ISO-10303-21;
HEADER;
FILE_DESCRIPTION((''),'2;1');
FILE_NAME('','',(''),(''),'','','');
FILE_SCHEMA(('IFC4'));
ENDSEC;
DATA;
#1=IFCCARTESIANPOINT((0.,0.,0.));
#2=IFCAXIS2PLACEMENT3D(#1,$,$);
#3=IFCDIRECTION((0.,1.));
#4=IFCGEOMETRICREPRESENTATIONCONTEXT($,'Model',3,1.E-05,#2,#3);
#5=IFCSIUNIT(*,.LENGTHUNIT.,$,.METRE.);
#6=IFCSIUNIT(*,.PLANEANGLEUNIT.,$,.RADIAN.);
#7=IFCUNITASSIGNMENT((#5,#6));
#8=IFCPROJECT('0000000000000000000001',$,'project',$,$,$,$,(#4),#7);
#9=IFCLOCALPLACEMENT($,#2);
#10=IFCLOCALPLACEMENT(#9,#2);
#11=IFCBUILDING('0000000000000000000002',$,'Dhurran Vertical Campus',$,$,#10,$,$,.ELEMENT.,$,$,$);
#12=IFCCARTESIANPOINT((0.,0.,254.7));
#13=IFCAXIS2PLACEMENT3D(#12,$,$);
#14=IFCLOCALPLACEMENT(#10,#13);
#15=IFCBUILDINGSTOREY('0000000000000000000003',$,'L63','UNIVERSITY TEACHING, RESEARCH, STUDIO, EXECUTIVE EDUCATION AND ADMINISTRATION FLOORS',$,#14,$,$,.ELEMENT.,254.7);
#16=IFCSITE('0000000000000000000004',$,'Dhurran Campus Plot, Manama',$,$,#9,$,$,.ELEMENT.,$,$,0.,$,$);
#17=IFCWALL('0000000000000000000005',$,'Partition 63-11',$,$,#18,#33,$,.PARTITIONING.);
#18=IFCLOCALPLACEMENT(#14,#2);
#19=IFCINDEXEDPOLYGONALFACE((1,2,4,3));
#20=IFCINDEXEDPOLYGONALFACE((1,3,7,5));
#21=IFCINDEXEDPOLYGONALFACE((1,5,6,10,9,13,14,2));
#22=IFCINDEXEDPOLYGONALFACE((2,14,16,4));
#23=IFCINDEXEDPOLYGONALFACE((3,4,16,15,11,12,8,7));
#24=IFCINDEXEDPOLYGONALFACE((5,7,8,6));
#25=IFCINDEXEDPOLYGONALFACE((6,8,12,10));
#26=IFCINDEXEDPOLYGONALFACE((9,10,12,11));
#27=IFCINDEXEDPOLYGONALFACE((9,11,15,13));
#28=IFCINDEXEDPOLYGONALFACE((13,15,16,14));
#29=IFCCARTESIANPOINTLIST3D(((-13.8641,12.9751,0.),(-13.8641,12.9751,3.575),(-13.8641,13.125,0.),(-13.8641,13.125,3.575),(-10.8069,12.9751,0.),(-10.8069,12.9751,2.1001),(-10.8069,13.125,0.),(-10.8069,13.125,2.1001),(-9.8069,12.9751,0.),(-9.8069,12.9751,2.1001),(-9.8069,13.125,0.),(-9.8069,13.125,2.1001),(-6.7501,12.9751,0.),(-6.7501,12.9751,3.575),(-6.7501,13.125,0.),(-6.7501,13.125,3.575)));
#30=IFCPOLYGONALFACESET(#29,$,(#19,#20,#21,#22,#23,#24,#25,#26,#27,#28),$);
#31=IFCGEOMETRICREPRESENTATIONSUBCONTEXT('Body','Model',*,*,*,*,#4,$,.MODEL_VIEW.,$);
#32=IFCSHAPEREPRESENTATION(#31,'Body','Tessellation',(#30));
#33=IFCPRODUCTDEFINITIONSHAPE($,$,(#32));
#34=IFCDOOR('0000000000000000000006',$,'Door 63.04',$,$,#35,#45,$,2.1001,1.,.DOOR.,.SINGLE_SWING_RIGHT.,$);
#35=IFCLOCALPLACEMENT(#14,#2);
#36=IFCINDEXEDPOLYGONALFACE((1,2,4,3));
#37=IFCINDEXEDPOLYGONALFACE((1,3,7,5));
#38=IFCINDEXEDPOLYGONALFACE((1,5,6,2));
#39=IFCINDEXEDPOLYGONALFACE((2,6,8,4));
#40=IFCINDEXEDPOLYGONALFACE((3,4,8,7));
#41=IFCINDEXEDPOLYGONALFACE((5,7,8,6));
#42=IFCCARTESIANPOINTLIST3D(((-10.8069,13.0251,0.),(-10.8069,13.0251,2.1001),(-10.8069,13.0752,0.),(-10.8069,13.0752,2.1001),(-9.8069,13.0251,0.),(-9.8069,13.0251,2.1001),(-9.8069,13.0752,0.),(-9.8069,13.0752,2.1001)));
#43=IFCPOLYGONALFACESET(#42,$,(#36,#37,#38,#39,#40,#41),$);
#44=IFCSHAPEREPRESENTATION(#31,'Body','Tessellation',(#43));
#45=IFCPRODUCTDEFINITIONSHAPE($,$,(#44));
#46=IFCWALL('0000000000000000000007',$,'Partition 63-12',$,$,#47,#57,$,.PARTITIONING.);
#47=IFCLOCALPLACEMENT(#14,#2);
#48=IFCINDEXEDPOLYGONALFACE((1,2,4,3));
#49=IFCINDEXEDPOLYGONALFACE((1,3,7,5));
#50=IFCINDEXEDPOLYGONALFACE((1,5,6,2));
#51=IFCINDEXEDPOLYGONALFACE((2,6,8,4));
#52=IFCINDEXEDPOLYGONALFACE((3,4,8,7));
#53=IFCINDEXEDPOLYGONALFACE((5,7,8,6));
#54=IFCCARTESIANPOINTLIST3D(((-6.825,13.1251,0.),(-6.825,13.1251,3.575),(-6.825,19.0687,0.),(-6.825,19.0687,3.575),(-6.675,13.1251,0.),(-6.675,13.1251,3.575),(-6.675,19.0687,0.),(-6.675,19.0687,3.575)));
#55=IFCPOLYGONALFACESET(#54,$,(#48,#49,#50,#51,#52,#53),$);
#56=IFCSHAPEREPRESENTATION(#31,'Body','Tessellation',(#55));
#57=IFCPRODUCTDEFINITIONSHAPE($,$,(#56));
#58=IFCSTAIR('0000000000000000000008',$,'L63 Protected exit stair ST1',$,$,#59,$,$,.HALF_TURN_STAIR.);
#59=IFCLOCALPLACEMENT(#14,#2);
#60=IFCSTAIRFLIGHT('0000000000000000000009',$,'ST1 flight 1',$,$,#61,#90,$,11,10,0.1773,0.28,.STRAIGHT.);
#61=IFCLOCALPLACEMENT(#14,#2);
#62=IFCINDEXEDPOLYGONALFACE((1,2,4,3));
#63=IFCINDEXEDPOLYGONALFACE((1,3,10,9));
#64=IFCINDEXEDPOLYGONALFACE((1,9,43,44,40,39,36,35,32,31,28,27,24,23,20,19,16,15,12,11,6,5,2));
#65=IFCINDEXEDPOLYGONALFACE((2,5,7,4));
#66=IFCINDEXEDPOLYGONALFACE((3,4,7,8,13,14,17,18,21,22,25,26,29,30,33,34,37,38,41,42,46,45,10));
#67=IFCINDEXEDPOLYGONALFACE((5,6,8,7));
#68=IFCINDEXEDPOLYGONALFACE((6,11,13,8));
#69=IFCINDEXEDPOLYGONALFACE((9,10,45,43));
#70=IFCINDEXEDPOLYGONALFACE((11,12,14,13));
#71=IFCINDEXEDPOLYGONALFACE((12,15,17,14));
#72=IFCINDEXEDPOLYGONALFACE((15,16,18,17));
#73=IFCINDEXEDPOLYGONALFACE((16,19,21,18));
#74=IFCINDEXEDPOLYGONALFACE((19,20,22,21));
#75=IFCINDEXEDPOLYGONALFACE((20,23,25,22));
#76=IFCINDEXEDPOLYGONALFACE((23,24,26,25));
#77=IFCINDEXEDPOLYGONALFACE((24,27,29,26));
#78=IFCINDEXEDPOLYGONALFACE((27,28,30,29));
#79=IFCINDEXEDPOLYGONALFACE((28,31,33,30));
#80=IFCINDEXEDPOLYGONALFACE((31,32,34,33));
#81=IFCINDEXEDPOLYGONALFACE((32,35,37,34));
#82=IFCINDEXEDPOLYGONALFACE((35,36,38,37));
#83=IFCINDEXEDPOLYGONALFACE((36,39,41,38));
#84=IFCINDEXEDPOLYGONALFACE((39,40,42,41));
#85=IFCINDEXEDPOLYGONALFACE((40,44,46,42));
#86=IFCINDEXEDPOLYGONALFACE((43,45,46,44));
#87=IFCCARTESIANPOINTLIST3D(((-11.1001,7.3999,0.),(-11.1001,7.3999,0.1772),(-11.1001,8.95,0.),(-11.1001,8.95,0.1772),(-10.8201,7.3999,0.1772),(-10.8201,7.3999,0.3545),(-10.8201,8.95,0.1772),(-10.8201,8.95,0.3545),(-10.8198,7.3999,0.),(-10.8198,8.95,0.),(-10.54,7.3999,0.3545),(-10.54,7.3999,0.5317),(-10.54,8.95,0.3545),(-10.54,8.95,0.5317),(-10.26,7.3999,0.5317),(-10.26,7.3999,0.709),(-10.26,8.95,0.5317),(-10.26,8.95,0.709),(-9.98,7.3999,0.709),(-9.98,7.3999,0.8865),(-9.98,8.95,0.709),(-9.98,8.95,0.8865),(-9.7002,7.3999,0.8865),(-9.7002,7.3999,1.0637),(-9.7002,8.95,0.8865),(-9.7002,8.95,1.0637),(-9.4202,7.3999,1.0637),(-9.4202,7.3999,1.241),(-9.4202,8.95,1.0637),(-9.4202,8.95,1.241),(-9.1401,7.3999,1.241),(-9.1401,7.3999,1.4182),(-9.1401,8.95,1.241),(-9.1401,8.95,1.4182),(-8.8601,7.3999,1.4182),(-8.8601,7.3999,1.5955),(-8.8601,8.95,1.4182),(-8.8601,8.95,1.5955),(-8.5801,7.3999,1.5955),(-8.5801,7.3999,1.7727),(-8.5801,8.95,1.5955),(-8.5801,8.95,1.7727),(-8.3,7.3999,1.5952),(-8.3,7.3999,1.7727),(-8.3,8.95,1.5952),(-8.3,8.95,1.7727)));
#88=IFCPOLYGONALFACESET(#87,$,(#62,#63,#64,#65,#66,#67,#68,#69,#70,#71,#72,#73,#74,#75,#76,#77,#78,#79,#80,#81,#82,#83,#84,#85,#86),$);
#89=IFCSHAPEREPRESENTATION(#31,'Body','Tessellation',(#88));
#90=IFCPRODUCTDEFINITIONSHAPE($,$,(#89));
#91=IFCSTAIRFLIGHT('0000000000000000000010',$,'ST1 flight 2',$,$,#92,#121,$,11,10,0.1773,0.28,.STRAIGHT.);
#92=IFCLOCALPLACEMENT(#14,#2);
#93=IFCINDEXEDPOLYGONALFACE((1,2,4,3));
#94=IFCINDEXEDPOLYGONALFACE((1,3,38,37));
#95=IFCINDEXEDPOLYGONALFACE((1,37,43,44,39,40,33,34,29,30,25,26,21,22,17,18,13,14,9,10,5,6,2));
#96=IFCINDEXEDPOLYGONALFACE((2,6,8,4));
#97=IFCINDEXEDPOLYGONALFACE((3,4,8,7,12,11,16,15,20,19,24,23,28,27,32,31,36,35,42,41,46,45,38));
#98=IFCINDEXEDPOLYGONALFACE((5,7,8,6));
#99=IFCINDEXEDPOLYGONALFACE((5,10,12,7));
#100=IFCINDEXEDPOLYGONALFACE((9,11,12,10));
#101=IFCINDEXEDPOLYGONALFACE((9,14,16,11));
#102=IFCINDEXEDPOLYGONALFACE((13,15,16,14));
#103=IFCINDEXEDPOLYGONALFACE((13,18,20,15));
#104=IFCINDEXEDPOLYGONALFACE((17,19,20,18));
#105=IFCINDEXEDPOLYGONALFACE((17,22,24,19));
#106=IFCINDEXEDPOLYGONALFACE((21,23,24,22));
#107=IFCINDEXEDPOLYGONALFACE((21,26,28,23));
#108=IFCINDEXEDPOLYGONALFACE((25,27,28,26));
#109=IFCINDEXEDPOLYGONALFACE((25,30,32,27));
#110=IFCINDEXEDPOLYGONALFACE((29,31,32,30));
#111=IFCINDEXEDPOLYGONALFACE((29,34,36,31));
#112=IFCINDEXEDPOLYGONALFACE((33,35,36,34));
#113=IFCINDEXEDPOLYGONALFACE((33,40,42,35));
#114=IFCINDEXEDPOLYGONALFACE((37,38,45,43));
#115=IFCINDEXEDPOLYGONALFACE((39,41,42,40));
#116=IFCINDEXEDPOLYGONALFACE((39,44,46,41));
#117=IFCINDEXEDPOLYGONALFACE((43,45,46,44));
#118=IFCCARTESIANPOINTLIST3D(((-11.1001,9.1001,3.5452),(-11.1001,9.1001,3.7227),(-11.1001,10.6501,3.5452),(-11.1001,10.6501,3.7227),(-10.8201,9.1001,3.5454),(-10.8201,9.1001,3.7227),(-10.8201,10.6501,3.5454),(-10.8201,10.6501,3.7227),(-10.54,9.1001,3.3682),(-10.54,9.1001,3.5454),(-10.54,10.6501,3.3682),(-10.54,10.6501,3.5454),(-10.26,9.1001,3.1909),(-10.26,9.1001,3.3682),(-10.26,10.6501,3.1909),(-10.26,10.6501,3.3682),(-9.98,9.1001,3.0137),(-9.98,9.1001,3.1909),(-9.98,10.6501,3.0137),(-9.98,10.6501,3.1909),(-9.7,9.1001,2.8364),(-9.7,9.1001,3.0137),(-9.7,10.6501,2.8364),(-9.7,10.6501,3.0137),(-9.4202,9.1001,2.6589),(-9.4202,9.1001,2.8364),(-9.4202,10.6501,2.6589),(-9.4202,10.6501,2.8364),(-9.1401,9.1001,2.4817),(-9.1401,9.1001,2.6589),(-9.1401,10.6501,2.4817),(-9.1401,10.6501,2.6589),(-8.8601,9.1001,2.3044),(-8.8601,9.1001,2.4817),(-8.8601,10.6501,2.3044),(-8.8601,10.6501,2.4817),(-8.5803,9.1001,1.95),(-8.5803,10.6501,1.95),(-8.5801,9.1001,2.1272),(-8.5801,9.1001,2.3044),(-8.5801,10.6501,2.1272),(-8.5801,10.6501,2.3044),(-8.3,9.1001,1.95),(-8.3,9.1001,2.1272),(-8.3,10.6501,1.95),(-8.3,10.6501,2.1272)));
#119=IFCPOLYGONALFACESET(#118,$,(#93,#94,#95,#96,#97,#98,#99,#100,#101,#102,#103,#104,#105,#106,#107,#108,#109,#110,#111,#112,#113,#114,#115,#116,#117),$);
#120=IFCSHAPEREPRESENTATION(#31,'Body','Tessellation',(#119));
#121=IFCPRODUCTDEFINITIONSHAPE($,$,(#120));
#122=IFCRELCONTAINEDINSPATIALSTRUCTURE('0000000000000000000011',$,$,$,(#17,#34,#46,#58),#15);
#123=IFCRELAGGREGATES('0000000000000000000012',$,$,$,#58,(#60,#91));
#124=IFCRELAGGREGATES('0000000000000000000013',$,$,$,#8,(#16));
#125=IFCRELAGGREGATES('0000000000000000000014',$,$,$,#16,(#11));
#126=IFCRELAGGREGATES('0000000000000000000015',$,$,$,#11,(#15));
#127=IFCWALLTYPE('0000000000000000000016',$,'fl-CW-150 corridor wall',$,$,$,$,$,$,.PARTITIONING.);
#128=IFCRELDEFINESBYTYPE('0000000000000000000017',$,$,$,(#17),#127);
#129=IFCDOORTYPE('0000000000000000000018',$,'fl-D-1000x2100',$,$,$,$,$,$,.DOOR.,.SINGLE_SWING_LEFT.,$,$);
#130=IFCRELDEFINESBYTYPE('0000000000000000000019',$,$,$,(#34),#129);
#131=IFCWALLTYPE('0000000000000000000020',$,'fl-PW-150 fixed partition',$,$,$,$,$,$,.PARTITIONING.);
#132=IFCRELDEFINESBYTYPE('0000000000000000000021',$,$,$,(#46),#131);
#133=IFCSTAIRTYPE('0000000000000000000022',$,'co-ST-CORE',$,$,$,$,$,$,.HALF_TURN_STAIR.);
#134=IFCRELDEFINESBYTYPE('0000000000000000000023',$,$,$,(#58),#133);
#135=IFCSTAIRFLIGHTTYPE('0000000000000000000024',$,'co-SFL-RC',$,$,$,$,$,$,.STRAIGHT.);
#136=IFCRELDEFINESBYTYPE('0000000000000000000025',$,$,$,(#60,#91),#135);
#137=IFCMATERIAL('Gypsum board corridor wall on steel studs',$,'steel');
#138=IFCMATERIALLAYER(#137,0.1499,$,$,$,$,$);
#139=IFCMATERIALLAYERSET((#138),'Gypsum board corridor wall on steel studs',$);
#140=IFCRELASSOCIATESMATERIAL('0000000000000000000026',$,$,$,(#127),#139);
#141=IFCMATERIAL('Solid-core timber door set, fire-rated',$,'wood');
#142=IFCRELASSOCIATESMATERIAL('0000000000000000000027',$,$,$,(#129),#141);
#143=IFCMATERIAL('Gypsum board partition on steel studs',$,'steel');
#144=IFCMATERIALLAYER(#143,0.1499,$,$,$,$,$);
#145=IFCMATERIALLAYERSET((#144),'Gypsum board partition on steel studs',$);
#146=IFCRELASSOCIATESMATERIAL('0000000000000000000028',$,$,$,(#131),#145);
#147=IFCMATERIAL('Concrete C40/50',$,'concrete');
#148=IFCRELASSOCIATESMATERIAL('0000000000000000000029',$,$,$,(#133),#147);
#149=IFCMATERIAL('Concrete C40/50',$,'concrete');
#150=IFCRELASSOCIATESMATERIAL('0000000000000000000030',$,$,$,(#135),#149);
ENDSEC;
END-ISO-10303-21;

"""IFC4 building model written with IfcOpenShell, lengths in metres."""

from ifc_helpers import new_model, si_unit, direction, frame, frame_2d, origin, place, context, subcontext, project, spatial, polyline, rectangle, outline, extrude, material, layer, layer_set, type_object, element, fill, aggregate, save


model = new_model("IFC4")

# Units and contexts
model_context = context("Model", 3, precision=1e-05, world=origin(), true_north=direction((0.0, 1.0)))
body_context = subcontext(model_context, "Body", "Model", "MODEL_VIEW")
ifc_project = project(units=[si_unit("LENGTHUNIT", "METRE"), si_unit("PLANEANGLEUNIT", "RADIAN")], contexts=[model_context])

# Site, building, storey
site_placement = place(None, origin())
site = spatial("IfcSite", under=ifc_project, at=site_placement, Name="Dhurran Campus Plot, Manama", CompositionType="ELEMENT", RefElevation=0.0)
building_placement = place(site_placement, origin())
building = spatial("IfcBuilding", under=site, at=building_placement, Name="Dhurran Vertical Campus", CompositionType="ELEMENT")
storey_placement = place(building_placement, frame((0.0, 0.0, 254.7)))
storey = spatial("IfcBuildingStorey", under=building, at=storey_placement, Name="L63", Description="UNIVERSITY TEACHING, RESEARCH, STUDIO, EXECUTIVE EDUCATION AND ADMINISTRATION FLOORS", CompositionType="ELEMENT", Elevation=254.7)

# Wall, opening, door
ifc_material_1 = material(Name="Gypsum board corridor wall on steel studs", Category="steel")
ifc_layer_1 = layer(ifc_material_1, 0.1499)
ifc_layer_set_1 = layer_set([ifc_layer_1], Name="Gypsum board corridor wall on steel studs")
wall_type_1 = type_object("IfcWallType", Name="fl-CW-150 corridor wall", PredefinedType="PARTITIONING", material=ifc_layer_set_1)
wall_1_placement = place(storey_placement, frame((-6.75, 13.05, 0.0), z_axis=(0.0, 0.0, 1.0), x_axis=(-1.0, 0.0, 0.0)))
wall_1 = element("IfcWall", 1, at=wall_1_placement, inside=storey, type_object=wall_type_1, Name="Partition 63-11", PredefinedType="PARTITIONING", context=body_context, shape_type="SweptSolid", body=[
    extrude(rectangle(XDim=7.114, YDim=0.1499, at=frame_2d((3.5571, 0.0))), origin(), (0.0, 0.0, 1.0), 3.575),
])
opening_1_placement = place(wall_1_placement, frame((3.0569, 0.0, 0.0)))
opening_1 = element("IfcOpeningElement", 2, at=opening_1_placement, cuts=wall_1, PredefinedType="OPENING", context=body_context, shape_type="SweptSolid", body=[
    extrude(rectangle(XDim=1.0, YDim=2.1001, at=frame_2d((0.5, 1.05))), frame((0.0, 0.085, 0.0), z_axis=(0.0, -1.0, 0.0), x_axis=(1.0, 0.0, 0.0)), (0.0, 0.0, 1.0), 0.1699),
])
ifc_material_2 = material(Name="Solid-core timber door set, fire-rated", Category="wood")
door_type_1 = type_object("IfcDoorType", Name="fl-D-1000x2100", OperationType="SINGLE_SWING_LEFT", PredefinedType="DOOR", material=ifc_material_2)
door_1_placement = place(opening_1_placement, origin())
door_1 = element("IfcDoor", 3, at=door_1_placement, inside=storey, type_object=door_type_1, Name="Door 63.04", OperationType="SINGLE_SWING_RIGHT", OverallHeight=2.1001, OverallWidth=1.0, PredefinedType="DOOR", context=body_context, shape_type="SweptSolid", body=[
    extrude(rectangle(XDim=1.0, YDim=2.1001, at=frame_2d((0.5, 1.05))), frame((0.0, 0.0249, 0.0), z_axis=(0.0, -1.0, 0.0), x_axis=(1.0, 0.0, 0.0)), (0.0, 0.0, 1.0), 0.05),
])
fill(opening_1, door_1)

# Wall
ifc_material_3 = material(Name="Gypsum board partition on steel studs", Category="steel")
ifc_layer_2 = layer(ifc_material_3, 0.1499)
ifc_layer_set_2 = layer_set([ifc_layer_2], Name="Gypsum board partition on steel studs")
wall_type_2 = type_object("IfcWallType", Name="fl-PW-150 fixed partition", PredefinedType="PARTITIONING", material=ifc_layer_set_2)
wall_2_placement = place(storey_placement, frame((-6.75, 19.0686, 0.0), z_axis=(0.0, 0.0, 1.0), x_axis=(0.0, -1.0, 0.0)))
element("IfcWall", 4, at=wall_2_placement, inside=storey, type_object=wall_type_2, Name="Partition 63-12", PredefinedType="PARTITIONING", context=body_context, shape_type="SweptSolid", body=[
    extrude(rectangle(XDim=5.9436, YDim=0.1499, at=frame_2d((2.9717, 0.0))), origin(), (0.0, 0.0, 1.0), 3.575),
])

# Stair, stair flights
ifc_material_4 = material(Name="Concrete C40/50", Category="concrete")
stair_type = type_object("IfcStairType", Name="co-ST-CORE", PredefinedType="HALF_TURN_STAIR", material=ifc_material_4)
stair_placement = place(storey_placement, origin())
stair = element("IfcStair", 5, at=stair_placement, inside=storey, type_object=stair_type, Name="L63 Protected exit stair ST1", PredefinedType="HALF_TURN_STAIR")
ifc_material_5 = material(Name="Concrete C40/50", Category="concrete")
stair_flight_type = type_object("IfcStairFlightType", Name="co-SFL-RC", PredefinedType="STRAIGHT", material=ifc_material_5)
stair_flight_1_placement = place(storey_placement, frame((-11.1001, 8.175, 0.0), z_axis=(0.0, 0.0, 1.0), x_axis=(1.0, 0.0, 0.0)))
stair_flight_1 = element("IfcStairFlight", 6, at=stair_flight_1_placement, type_object=stair_flight_type, Name="ST1 flight 1", NumberOfRisers=11, NumberOfTreads=10, PredefinedType="STRAIGHT", RiserHeight=0.1773, TreadLength=0.28, context=body_context, shape_type="SweptSolid", body=[
    extrude(outline(polyline([(0.0, 0.0), (0.0, 0.1772), (0.28, 0.1772), (0.28, 0.3545), (0.5601, 0.3545), (0.5601, 0.5317), (0.8401, 0.5317), (0.8401, 0.709), (1.1201, 0.709), (1.1201, 0.8865), (1.3999, 0.8865), (1.3999, 1.0637), (1.6799, 1.0637), (1.6799, 1.241), (1.96, 1.241), (1.96, 1.4182), (2.24, 1.4182), (2.24, 1.5955), (2.52, 1.5955), (2.52, 1.7727), (2.8, 1.7727), (2.8, 1.95), (2.8, 1.5952), (0.2803, 0.0), (0.0, 0.0)])), frame((0.0, 0.7749, 0.0), z_axis=(0.0, -1.0, 0.0), x_axis=(1.0, 0.0, 0.0)), (0.0, 0.0, 1.0), 1.55),
])
stair_flight_2_placement = place(storey_placement, frame((-8.3, 9.875, 1.95), z_axis=(0.0, 0.0, 1.0), x_axis=(-1.0, 0.0, 0.0)))
stair_flight_2 = element("IfcStairFlight", 7, at=stair_flight_2_placement, type_object=stair_flight_type, Name="ST1 flight 2", NumberOfRisers=11, NumberOfTreads=10, PredefinedType="STRAIGHT", RiserHeight=0.1773, TreadLength=0.28, context=body_context, shape_type="SweptSolid", body=[
    extrude(outline(polyline([(0.0, 0.0), (0.0, 0.1772), (0.28, 0.1772), (0.28, 0.3545), (0.5601, 0.3545), (0.5601, 0.5317), (0.8401, 0.5317), (0.8401, 0.709), (1.1201, 0.709), (1.1201, 0.8865), (1.3999, 0.8865), (1.3999, 1.0637), (1.6799, 1.0637), (1.6799, 1.241), (1.96, 1.241), (1.96, 1.4182), (2.24, 1.4182), (2.24, 1.5955), (2.52, 1.5955), (2.52, 1.7727), (2.8, 1.7727), (2.8, 1.95), (2.8, 1.5952), (0.2803, 0.0), (0.0, 0.0)])), frame((0.0, 0.7749, 0.0), z_axis=(0.0, -1.0, 0.0), x_axis=(1.0, 0.0, 0.0)), (0.0, 0.0, 1.0), 1.55),
])
aggregate(stair, [stair_flight_1, stair_flight_2])

save(model, "model.ifc")
